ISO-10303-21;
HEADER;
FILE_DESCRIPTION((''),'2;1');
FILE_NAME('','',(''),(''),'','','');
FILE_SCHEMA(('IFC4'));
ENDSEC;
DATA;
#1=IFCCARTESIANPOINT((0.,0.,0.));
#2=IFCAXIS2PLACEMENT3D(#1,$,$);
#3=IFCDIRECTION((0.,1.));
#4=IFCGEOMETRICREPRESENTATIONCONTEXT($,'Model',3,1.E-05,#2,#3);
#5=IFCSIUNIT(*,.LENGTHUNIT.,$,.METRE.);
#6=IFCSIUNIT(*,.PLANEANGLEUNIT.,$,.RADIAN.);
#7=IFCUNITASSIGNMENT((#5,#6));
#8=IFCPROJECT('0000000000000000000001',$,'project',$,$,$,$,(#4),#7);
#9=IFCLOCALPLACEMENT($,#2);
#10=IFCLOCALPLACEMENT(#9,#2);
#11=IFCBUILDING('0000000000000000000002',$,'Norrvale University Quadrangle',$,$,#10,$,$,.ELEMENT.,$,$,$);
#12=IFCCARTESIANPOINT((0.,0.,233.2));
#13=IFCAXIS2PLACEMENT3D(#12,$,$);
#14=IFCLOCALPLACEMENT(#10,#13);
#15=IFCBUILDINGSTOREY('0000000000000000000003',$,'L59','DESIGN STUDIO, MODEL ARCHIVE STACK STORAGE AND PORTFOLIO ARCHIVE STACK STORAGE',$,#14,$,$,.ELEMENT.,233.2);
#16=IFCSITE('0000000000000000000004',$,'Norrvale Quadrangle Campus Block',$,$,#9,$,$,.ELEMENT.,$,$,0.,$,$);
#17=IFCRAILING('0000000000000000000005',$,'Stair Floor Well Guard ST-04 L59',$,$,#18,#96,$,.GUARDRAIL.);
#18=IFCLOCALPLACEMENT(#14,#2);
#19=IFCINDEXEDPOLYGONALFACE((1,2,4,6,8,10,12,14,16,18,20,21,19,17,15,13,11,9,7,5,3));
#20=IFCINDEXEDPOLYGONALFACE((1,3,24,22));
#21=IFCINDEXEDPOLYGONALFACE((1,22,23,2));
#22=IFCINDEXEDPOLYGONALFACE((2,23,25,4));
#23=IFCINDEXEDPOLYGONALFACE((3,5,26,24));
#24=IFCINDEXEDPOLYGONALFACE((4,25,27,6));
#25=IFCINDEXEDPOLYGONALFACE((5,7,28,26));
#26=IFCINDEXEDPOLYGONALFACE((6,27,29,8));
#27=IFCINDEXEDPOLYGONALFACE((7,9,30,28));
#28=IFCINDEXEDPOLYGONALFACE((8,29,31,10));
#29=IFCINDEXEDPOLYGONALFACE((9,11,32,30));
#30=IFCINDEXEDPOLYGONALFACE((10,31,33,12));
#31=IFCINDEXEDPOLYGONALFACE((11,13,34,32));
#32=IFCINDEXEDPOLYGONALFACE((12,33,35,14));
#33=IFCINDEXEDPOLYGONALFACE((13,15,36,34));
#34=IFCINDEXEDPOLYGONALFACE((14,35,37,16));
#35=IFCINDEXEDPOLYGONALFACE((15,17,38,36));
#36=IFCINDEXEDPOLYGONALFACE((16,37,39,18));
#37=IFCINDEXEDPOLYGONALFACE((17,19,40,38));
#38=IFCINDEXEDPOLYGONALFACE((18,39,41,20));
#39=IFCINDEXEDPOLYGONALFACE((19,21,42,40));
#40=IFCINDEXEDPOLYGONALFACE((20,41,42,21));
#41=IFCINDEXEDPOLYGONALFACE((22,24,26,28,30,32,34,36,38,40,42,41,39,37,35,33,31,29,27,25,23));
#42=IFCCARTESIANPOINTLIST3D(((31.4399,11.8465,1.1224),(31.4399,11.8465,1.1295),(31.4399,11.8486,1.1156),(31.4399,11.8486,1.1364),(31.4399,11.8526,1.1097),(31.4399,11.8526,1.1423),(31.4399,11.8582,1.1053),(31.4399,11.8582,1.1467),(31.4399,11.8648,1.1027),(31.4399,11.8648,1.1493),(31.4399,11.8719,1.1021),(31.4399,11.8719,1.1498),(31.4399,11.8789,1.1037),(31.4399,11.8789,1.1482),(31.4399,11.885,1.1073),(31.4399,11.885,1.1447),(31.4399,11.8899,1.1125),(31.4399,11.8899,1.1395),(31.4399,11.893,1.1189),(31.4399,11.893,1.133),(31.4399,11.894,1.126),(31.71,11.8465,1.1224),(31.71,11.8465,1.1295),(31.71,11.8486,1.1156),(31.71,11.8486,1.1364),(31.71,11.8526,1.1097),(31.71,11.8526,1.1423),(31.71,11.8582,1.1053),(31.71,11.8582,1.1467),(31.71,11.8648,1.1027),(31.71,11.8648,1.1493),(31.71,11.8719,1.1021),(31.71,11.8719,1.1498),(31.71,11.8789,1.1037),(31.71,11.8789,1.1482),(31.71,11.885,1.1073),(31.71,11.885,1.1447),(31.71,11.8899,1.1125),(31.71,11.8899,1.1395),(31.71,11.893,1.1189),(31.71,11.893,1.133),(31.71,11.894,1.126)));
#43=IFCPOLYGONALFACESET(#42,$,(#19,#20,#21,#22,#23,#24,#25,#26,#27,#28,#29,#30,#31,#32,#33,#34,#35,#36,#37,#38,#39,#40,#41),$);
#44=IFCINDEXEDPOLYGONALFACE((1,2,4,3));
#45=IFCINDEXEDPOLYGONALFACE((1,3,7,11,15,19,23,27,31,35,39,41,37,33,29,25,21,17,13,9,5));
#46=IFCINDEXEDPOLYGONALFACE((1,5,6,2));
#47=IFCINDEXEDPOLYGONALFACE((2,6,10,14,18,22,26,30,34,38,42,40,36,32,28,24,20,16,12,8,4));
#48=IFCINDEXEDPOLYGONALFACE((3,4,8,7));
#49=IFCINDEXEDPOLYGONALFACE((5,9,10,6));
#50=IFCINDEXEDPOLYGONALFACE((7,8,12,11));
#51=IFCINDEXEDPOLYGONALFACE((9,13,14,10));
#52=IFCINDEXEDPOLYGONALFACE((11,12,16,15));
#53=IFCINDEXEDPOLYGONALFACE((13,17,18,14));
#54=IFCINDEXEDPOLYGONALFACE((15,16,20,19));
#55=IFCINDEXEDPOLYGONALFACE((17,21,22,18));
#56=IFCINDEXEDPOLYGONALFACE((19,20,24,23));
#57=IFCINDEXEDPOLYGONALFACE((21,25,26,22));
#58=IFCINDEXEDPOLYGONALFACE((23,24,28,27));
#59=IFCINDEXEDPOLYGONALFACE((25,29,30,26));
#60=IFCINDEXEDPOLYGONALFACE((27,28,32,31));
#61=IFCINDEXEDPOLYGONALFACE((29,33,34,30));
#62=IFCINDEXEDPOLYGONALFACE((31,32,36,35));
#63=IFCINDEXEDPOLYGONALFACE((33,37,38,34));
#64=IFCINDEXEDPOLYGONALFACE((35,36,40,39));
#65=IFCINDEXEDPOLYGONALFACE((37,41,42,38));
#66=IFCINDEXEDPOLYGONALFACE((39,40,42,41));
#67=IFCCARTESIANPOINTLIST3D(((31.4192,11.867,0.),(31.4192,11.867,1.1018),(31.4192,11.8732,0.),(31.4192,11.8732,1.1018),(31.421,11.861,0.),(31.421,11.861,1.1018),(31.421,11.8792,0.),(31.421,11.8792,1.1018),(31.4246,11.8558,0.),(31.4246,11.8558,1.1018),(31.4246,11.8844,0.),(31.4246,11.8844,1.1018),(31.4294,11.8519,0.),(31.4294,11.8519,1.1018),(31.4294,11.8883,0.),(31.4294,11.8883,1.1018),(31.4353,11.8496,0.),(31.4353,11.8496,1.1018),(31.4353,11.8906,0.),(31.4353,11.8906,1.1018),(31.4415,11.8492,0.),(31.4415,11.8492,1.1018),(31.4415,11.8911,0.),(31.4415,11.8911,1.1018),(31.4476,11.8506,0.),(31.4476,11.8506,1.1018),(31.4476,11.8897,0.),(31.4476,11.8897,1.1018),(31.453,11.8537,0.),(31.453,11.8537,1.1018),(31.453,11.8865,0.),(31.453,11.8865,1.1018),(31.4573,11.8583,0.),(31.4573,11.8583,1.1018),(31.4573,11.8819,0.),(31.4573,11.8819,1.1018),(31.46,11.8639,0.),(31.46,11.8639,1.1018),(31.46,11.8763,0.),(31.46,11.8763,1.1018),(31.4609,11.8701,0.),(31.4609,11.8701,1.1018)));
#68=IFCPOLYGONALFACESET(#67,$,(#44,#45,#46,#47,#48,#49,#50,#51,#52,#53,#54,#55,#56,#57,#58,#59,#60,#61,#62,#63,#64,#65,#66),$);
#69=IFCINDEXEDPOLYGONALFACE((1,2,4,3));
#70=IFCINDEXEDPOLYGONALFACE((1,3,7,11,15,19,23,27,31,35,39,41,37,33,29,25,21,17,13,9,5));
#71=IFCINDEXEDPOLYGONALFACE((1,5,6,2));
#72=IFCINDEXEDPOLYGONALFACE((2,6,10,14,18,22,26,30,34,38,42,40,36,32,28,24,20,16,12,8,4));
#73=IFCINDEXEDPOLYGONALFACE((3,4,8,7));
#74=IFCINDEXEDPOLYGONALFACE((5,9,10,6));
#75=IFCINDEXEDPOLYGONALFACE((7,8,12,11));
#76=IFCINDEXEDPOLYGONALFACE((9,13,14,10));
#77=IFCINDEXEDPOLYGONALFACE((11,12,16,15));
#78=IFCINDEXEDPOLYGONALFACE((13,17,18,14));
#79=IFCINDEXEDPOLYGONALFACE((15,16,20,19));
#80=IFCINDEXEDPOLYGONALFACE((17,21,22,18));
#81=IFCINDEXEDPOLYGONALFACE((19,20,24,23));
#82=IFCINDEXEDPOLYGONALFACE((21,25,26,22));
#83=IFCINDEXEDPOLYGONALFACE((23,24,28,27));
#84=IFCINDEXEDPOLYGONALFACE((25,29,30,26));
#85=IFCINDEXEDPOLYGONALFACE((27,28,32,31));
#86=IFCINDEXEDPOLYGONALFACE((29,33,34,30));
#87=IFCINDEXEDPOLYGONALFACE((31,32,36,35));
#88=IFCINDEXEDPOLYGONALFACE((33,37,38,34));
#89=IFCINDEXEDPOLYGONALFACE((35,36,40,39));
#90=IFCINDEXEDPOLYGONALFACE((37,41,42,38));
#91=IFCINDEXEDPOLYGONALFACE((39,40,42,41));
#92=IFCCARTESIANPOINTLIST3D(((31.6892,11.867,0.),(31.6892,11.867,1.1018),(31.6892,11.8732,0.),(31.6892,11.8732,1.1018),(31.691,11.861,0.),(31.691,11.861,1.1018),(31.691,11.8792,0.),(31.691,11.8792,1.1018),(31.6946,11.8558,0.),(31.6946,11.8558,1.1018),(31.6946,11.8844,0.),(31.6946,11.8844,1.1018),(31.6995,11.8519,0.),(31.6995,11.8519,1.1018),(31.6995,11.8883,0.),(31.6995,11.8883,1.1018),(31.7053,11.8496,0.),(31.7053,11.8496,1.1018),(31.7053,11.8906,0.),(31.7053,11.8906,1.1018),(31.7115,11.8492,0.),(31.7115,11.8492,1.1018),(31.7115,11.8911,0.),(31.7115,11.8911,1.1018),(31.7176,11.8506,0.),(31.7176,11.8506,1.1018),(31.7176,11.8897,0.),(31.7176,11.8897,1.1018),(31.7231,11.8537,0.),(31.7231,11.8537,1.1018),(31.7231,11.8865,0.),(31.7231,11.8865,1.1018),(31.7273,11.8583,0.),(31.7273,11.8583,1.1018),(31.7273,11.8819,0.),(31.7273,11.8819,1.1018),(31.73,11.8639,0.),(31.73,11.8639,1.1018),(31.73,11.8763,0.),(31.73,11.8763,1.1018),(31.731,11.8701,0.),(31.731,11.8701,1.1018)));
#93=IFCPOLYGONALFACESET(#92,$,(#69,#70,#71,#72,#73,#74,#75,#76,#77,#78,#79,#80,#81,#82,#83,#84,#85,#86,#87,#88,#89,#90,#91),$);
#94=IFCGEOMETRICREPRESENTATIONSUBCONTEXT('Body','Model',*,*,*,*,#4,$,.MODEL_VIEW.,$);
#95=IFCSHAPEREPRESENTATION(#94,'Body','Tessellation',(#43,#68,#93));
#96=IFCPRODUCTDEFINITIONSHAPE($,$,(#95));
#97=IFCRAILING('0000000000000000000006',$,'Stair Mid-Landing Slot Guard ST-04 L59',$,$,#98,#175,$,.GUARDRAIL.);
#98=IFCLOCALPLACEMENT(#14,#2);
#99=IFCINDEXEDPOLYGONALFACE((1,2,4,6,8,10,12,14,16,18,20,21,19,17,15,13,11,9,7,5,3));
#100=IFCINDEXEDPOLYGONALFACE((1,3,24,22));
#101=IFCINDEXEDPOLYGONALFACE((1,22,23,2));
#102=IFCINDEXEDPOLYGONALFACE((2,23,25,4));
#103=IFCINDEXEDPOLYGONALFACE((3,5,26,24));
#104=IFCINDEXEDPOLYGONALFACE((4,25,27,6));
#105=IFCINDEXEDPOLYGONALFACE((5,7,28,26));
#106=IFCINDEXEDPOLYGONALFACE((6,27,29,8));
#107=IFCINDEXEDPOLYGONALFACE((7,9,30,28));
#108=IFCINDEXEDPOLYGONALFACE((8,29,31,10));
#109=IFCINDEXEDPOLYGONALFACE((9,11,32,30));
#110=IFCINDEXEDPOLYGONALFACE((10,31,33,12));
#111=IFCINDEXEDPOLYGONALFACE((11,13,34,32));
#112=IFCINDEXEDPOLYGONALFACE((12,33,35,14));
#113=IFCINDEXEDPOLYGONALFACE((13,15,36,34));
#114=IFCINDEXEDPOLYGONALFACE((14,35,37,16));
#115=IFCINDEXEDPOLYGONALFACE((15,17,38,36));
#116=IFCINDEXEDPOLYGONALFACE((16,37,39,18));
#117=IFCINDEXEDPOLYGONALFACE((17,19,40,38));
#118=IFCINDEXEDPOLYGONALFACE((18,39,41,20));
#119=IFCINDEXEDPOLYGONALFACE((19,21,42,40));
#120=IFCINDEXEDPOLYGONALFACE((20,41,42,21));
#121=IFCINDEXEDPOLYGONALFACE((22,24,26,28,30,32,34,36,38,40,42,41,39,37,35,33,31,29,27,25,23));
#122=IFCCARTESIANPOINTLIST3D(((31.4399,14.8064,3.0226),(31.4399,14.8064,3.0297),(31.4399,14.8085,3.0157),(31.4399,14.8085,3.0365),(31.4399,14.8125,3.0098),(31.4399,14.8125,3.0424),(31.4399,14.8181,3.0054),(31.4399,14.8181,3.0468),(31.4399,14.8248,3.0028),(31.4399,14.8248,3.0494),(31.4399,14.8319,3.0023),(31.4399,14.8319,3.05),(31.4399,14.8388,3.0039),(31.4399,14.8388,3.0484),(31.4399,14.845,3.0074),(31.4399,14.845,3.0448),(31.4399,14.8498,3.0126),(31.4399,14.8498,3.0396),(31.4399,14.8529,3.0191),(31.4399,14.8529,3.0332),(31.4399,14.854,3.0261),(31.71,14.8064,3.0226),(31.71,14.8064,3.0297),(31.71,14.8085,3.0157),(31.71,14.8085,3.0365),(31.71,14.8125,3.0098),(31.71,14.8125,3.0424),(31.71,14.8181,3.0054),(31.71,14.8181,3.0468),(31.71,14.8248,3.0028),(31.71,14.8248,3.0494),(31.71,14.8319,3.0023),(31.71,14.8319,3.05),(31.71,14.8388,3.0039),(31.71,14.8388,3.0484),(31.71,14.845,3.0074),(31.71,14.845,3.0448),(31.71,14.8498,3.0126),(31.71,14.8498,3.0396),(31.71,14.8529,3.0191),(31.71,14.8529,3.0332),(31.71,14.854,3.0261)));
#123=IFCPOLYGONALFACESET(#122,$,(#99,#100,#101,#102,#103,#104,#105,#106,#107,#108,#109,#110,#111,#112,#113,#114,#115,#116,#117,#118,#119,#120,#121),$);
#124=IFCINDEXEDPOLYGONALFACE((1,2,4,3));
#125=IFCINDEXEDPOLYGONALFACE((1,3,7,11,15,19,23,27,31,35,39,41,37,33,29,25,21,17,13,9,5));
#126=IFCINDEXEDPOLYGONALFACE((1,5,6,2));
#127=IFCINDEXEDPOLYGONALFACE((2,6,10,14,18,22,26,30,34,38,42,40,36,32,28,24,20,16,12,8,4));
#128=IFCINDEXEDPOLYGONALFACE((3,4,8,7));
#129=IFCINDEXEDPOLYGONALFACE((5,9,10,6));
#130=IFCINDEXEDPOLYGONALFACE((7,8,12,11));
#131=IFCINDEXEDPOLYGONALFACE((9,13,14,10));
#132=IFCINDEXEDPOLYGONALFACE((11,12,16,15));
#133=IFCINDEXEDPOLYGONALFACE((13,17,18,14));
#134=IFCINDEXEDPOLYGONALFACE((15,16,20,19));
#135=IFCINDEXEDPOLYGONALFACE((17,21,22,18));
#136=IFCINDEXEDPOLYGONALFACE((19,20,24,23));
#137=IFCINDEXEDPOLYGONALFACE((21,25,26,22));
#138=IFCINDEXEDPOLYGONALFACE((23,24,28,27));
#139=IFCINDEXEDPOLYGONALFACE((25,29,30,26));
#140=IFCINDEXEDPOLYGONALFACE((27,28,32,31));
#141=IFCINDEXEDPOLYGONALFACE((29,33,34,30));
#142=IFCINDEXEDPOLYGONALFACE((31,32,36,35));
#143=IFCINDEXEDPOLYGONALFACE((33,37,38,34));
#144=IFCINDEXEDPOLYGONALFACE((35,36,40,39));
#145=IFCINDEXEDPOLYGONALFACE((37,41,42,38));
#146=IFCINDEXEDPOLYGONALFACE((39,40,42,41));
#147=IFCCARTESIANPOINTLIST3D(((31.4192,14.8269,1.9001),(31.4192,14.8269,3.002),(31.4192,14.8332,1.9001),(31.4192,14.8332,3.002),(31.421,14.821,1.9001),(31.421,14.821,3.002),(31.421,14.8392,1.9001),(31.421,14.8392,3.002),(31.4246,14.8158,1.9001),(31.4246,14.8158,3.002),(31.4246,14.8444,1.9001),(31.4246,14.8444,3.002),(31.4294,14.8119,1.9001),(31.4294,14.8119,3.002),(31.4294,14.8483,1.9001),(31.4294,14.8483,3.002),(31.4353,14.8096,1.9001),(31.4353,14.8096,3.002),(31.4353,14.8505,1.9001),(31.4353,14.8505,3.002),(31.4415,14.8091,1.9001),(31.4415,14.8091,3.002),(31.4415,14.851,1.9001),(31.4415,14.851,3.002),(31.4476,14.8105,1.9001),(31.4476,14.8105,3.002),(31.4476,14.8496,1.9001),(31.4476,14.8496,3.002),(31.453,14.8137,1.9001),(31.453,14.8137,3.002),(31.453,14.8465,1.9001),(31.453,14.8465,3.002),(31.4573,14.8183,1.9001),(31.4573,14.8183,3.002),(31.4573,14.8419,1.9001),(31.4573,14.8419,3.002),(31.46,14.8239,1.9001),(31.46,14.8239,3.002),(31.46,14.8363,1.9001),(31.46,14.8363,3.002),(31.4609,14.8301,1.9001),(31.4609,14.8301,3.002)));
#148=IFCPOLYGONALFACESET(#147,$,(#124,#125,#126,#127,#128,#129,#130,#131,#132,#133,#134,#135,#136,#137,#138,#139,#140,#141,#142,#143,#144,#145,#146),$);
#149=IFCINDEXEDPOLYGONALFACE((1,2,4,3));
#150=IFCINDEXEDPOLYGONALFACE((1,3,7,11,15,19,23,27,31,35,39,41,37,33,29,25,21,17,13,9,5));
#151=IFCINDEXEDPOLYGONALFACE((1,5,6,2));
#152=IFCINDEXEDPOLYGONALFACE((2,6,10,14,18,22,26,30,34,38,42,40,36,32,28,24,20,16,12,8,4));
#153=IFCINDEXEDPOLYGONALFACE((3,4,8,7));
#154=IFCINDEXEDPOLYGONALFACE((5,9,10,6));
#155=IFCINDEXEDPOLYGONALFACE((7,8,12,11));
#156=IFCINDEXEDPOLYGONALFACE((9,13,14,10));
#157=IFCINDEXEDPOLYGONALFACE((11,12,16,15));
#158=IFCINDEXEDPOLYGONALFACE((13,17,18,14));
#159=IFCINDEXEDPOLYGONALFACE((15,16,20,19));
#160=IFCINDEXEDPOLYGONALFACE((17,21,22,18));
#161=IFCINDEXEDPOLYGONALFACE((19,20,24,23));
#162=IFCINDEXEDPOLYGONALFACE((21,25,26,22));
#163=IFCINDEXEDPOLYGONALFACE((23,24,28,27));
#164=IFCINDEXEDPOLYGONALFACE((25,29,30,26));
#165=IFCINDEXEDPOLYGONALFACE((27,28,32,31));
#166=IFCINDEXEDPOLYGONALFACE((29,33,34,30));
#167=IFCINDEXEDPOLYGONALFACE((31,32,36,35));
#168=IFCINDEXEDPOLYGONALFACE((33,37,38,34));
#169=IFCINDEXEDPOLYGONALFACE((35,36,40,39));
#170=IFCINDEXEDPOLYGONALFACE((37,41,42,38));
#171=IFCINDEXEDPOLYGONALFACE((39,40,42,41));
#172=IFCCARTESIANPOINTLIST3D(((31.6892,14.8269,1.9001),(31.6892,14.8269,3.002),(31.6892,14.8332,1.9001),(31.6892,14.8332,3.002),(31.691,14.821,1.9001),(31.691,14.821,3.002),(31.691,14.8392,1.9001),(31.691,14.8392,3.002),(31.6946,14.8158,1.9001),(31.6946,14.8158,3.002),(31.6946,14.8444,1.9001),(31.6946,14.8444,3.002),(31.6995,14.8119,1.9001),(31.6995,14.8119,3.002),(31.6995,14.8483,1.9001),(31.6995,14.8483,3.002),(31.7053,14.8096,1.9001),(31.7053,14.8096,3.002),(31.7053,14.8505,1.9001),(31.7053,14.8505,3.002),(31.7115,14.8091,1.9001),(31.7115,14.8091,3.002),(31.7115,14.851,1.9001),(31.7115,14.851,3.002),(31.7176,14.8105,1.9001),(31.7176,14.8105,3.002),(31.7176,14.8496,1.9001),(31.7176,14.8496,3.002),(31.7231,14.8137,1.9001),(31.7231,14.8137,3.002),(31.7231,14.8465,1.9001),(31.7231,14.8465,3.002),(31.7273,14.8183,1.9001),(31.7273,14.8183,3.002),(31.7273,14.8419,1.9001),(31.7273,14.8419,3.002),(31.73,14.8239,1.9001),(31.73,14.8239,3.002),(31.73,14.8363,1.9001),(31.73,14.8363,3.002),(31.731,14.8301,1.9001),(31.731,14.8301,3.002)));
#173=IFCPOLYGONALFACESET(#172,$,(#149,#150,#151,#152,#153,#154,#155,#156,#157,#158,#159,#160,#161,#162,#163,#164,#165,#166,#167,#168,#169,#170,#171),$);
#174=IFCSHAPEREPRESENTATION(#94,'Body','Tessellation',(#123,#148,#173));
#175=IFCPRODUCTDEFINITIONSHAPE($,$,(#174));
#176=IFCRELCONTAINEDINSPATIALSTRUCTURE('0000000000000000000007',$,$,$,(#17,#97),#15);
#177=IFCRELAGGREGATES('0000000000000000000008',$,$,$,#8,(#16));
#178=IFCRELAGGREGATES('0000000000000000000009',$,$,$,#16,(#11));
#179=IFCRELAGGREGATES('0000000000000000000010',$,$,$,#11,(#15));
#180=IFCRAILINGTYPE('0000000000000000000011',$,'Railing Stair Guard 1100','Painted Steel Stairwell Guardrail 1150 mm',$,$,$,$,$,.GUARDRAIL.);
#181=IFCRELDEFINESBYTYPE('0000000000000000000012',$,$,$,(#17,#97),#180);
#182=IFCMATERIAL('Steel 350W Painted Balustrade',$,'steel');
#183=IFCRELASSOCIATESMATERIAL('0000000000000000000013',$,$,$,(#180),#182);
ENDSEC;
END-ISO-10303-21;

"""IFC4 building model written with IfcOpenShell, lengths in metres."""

from ifc_helpers import new_model, si_unit, direction, frame, origin, origin_2d, place, context, subcontext, project, spatial, circle, extrude, material, type_object, element, save


model = new_model("IFC4")

# Units and contexts
model_context = context("Model", 3, precision=1e-05, world=origin(), true_north=direction((0.0, 1.0)))
body_context = subcontext(model_context, "Body", "Model", "MODEL_VIEW")
ifc_project = project(units=[si_unit("LENGTHUNIT", "METRE"), si_unit("PLANEANGLEUNIT", "RADIAN")], contexts=[model_context])

# Site, building, storey
site_placement = place(None, origin())
site = spatial("IfcSite", under=ifc_project, at=site_placement, Name="Norrvale Quadrangle Campus Block", CompositionType="ELEMENT", RefElevation=0.0)
building_placement = place(site_placement, origin())
building = spatial("IfcBuilding", under=site, at=building_placement, Name="Norrvale University Quadrangle", CompositionType="ELEMENT")
storey_placement = place(building_placement, frame((0.0, 0.0, 233.2)))
storey = spatial("IfcBuildingStorey", under=building, at=storey_placement, Name="L59", Description="DESIGN STUDIO, MODEL ARCHIVE STACK STORAGE AND PORTFOLIO ARCHIVE STACK STORAGE", CompositionType="ELEMENT", Elevation=233.2)

# Railings
ifc_material_1 = material(Name="Steel 350W Painted Balustrade", Category="steel")
railing_type_1 = type_object("IfcRailingType", Name="Railing Stair Guard 1100", Description="Painted Steel Stairwell Guardrail 1150 mm", PredefinedType="GUARDRAIL", material=ifc_material_1)
for number, where, name in (
    (1, (31.4399, 11.8701, 0.0), "Stair Floor Well Guard ST-04 L59"),
    (2, (31.4399, 14.8301, 1.9001), "Stair Mid-Landing Slot Guard ST-04 L59"),
):
    element("IfcRailing", number, at=place(storey_placement, frame(where)), inside=storey, type_object=railing_type_1, Name=name, PredefinedType="GUARDRAIL", context=body_context, shape_type="SweptSolid", body=[
        extrude(circle(Radius=0.0239, at=origin_2d()), frame((0.0, 0.0, 1.126), z_axis=(1.0, 0.0, 0.0), x_axis=(0.0, 1.0, 0.0)), (0.0, 0.0, 1.0), 0.27),
        extrude(circle(Radius=0.021, at=origin_2d()), origin(), (0.0, 0.0, 1.0), 1.1018),
        extrude(circle(Radius=0.021, at=origin_2d()), frame((0.27, 0.0, 0.0)), (0.0, 0.0, 1.0), 1.1018),
    ])

save(model, "model.ifc")
